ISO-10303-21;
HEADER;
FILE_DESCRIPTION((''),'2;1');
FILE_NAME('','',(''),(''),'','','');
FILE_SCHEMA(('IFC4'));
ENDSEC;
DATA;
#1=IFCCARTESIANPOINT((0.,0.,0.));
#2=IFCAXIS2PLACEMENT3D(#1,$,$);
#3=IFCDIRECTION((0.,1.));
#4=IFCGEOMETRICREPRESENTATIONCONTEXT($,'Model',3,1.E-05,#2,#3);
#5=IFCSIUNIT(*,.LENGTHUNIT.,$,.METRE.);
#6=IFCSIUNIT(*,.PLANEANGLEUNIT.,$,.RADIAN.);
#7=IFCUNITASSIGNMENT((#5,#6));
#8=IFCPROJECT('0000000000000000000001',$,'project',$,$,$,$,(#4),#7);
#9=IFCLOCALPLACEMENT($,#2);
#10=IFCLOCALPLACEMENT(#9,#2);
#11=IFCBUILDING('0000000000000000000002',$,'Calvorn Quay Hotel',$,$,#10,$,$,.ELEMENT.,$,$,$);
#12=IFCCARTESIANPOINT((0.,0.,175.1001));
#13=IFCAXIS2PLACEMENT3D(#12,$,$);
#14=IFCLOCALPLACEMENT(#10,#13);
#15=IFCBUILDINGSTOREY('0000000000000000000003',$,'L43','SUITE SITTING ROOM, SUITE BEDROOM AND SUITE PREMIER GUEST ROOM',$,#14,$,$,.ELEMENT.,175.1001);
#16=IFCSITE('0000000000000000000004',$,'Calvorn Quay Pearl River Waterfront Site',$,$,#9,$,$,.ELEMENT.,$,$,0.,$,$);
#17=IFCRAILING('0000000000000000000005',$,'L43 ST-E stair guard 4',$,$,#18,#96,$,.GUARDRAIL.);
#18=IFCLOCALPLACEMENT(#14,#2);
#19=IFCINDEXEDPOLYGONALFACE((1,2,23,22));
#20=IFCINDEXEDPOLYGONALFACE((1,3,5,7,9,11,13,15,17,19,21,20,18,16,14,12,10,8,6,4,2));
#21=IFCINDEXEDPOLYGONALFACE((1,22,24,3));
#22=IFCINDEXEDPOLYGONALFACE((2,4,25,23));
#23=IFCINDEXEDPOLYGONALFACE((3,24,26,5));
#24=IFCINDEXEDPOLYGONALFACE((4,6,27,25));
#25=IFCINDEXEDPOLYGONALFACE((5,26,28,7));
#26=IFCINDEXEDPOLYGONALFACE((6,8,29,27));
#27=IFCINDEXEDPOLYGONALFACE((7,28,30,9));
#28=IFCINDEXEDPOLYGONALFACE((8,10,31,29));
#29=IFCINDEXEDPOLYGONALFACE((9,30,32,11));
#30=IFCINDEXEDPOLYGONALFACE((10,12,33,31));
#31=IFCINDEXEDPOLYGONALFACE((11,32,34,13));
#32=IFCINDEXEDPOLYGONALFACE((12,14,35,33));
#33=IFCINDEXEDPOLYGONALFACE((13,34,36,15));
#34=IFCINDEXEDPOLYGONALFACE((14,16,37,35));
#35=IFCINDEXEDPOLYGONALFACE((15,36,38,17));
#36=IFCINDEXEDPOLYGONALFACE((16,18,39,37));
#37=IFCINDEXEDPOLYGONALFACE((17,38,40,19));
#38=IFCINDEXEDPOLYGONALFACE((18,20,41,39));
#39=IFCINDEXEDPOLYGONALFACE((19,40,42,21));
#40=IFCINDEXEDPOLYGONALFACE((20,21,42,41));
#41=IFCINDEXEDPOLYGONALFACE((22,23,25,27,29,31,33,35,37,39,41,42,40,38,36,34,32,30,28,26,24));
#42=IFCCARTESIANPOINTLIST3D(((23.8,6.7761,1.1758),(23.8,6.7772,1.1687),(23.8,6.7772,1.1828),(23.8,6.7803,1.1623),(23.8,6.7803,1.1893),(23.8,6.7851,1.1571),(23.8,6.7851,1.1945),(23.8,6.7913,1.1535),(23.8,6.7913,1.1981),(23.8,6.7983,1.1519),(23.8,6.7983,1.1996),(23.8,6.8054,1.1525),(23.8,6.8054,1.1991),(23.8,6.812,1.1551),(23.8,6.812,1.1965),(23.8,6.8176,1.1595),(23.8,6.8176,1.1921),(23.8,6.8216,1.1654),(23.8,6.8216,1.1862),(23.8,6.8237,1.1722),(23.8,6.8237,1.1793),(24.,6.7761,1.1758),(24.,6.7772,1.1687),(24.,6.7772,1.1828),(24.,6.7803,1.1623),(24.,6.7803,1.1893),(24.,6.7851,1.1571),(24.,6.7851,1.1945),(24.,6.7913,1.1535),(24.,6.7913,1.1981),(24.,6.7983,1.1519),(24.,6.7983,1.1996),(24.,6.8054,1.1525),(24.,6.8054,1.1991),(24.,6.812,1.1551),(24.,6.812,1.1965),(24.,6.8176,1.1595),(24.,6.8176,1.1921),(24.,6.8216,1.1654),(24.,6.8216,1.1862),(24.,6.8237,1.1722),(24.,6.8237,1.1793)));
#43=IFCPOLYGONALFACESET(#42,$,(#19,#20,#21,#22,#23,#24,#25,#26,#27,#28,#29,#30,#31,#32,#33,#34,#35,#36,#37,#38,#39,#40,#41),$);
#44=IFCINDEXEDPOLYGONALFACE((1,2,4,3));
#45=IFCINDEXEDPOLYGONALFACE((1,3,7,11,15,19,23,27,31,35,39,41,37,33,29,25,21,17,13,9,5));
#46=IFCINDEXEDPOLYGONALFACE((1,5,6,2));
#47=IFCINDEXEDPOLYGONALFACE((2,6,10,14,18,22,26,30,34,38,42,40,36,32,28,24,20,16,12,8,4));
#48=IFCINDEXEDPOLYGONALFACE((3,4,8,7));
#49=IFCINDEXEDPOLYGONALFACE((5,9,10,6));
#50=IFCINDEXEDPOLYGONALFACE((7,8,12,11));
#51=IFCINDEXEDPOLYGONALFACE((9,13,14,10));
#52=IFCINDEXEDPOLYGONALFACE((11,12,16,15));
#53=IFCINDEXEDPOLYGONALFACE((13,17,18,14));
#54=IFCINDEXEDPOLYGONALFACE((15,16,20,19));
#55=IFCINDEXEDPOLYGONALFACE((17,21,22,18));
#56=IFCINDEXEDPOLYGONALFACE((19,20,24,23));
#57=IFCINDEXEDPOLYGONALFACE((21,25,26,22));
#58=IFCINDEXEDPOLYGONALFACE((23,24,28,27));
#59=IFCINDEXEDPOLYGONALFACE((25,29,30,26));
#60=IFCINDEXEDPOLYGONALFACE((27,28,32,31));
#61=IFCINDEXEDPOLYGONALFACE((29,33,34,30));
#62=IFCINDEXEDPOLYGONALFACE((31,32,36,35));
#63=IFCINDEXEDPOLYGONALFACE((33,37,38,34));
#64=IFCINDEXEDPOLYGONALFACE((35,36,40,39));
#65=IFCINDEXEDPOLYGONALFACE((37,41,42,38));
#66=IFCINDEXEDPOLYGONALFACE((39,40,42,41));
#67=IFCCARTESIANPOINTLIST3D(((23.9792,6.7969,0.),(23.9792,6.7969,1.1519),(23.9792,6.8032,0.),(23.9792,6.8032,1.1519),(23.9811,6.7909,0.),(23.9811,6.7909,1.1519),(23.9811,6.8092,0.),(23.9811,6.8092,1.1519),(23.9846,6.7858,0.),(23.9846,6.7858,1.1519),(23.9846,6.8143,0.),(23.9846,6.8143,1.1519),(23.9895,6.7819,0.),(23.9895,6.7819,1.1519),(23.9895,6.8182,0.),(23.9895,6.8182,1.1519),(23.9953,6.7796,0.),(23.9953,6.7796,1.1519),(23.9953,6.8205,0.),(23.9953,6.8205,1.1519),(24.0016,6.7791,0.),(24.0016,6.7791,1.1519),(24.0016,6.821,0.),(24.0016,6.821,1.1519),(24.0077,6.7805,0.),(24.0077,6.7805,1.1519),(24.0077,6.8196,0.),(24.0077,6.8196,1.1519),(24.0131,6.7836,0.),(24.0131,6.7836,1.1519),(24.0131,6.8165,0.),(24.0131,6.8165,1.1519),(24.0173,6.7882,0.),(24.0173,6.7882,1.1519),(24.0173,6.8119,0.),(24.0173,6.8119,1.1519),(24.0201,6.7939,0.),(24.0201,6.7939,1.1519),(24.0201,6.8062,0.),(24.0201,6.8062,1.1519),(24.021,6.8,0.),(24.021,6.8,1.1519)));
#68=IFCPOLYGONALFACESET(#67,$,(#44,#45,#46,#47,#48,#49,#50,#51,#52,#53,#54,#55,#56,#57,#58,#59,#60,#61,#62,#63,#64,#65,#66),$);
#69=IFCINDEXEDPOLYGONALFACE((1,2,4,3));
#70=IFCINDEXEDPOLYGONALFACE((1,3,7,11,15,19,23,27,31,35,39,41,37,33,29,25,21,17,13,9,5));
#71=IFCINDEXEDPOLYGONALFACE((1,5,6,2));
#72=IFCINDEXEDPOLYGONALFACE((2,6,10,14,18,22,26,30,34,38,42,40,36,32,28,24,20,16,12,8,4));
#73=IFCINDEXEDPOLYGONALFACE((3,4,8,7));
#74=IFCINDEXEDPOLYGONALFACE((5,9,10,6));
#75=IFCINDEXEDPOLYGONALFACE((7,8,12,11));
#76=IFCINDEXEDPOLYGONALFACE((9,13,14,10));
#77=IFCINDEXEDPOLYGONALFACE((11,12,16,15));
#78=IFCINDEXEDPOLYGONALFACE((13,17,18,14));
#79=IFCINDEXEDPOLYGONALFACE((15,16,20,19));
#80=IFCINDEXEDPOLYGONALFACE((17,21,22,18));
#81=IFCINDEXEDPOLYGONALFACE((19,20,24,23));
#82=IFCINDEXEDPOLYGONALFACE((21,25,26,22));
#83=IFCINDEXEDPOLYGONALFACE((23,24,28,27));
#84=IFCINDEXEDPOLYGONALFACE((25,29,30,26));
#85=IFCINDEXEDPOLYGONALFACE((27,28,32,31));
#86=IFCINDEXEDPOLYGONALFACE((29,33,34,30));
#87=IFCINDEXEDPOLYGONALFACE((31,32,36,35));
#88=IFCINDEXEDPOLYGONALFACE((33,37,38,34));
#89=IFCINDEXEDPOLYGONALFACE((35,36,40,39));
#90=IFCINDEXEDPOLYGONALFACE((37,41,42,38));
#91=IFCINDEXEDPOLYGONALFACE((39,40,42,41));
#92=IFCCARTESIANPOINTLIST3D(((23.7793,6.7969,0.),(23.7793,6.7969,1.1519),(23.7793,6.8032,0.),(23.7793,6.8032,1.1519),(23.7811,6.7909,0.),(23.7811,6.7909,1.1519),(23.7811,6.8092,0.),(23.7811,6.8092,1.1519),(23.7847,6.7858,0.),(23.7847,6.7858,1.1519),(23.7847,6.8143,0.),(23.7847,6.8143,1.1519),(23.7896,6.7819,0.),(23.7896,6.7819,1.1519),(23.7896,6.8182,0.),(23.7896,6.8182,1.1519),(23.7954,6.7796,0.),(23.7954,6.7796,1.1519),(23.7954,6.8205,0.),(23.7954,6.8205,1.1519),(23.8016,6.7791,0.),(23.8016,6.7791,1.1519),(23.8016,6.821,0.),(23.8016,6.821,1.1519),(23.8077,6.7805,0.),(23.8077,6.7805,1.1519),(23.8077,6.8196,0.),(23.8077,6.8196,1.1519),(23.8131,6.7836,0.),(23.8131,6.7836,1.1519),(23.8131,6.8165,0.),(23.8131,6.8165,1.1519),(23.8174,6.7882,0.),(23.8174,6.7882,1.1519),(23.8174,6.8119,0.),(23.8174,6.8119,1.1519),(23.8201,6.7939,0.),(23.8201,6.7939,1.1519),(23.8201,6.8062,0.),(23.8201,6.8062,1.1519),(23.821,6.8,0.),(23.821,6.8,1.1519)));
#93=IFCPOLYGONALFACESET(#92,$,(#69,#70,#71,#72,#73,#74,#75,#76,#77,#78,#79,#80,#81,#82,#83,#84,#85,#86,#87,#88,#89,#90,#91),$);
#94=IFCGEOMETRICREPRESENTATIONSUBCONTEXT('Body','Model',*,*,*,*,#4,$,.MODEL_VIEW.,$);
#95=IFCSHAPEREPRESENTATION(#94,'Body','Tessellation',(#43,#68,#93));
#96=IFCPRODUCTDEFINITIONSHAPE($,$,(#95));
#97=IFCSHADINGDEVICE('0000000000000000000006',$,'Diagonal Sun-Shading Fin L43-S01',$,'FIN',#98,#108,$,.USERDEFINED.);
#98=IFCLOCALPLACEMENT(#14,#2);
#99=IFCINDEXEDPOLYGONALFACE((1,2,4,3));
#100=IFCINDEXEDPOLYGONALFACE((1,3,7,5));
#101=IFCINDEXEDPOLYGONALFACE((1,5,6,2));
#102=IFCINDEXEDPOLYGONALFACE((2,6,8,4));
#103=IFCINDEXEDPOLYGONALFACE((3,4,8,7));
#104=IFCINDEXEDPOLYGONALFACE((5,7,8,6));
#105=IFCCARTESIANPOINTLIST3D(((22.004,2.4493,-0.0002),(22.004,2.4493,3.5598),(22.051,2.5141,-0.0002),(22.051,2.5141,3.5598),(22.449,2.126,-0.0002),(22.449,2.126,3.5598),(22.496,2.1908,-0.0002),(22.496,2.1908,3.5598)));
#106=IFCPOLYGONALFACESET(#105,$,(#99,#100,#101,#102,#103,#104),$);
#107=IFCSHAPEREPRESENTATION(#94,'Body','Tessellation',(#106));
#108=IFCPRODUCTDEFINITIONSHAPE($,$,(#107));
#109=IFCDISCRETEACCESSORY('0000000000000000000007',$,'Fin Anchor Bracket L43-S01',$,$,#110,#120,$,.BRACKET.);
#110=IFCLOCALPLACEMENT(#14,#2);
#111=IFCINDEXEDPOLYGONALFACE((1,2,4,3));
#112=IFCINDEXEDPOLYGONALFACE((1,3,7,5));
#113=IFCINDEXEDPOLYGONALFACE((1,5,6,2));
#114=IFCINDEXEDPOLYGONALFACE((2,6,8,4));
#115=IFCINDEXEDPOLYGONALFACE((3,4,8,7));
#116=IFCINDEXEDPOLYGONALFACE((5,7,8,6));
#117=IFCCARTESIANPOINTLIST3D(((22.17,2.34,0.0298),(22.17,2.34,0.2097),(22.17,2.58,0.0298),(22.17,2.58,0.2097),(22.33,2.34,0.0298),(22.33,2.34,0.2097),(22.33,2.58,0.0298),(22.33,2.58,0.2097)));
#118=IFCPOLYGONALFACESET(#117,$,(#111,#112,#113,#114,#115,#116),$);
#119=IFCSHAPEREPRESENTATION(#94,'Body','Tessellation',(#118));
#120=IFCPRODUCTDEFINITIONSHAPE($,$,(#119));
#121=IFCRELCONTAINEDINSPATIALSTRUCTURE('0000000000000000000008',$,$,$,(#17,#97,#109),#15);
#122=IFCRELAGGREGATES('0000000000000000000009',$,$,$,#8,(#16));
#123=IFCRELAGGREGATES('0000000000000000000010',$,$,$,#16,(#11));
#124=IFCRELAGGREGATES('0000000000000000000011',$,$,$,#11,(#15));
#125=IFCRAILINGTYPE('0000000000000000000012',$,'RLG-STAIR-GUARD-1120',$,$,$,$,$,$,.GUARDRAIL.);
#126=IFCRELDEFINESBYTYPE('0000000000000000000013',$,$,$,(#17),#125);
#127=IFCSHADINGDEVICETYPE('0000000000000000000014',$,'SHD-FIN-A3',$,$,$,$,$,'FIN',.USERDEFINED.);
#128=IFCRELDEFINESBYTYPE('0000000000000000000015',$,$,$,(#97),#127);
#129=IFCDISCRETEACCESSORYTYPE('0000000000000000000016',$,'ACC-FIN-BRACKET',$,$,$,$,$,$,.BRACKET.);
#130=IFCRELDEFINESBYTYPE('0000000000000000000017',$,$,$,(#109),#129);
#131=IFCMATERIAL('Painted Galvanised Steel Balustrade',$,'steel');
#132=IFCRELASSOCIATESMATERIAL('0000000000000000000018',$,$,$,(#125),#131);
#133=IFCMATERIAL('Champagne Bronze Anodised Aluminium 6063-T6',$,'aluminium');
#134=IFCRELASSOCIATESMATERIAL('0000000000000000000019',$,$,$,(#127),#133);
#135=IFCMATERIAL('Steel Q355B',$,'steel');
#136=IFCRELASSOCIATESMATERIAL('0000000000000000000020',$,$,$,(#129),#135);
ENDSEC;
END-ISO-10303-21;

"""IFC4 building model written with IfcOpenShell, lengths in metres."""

from ifc_helpers import new_model, si_unit, direction, frame, origin, origin_2d, place, context, subcontext, project, spatial, rectangle, circle, extrude, material, type_object, element, save


model = new_model("IFC4")

# Units and contexts
model_context = context("Model", 3, precision=1e-05, world=origin(), true_north=direction((0.0, 1.0)))
body_context = subcontext(model_context, "Body", "Model", "MODEL_VIEW")
ifc_project = project(units=[si_unit("LENGTHUNIT", "METRE"), si_unit("PLANEANGLEUNIT", "RADIAN")], contexts=[model_context])

# Site, building, storey
site_placement = place(None, origin())
site = spatial("IfcSite", under=ifc_project, at=site_placement, Name="Calvorn Quay Pearl River Waterfront Site", CompositionType="ELEMENT", RefElevation=0.0)
building_placement = place(site_placement, origin())
building = spatial("IfcBuilding", under=site, at=building_placement, Name="Calvorn Quay Hotel", CompositionType="ELEMENT")
storey_placement = place(building_placement, frame((0.0, 0.0, 175.1001)))
storey = spatial("IfcBuildingStorey", under=building, at=storey_placement, Name="L43", Description="SUITE SITTING ROOM, SUITE BEDROOM AND SUITE PREMIER GUEST ROOM", CompositionType="ELEMENT", Elevation=175.1001)

# Railing
ifc_material_1 = material(Name="Painted Galvanised Steel Balustrade", Category="steel")
railing_type_1 = type_object("IfcRailingType", Name="RLG-STAIR-GUARD-1120", PredefinedType="GUARDRAIL", material=ifc_material_1)
railing_1_placement = place(storey_placement, frame((24.0, 6.8, 0.0)))
element("IfcRailing", 1, at=railing_1_placement, inside=storey, type_object=railing_type_1, Name="L43 ST-E stair guard 4", PredefinedType="GUARDRAIL", context=body_context, shape_type="SweptSolid", body=[
    extrude(circle(Radius=0.0239, at=origin_2d()), frame((0.0, 0.0, 1.1758), z_axis=(-1.0, 0.0, 0.0), x_axis=(0.0, -1.0, 0.0)), (0.0, 0.0, 1.0), 0.2),
    extrude(circle(Radius=0.021, at=origin_2d()), origin(), (0.0, 0.0, 1.0), 1.1519),
    extrude(circle(Radius=0.021, at=origin_2d()), frame((-0.2, 0.0, 0.0)), (0.0, 0.0, 1.0), 1.1519),
])

# Shading device
ifc_material_2 = material(Name="Champagne Bronze Anodised Aluminium 6063-T6", Category="aluminium")
shading_device_type = type_object("IfcShadingDeviceType", Name="SHD-FIN-A3", ElementType="FIN", PredefinedType="USERDEFINED", material=ifc_material_2)
shading_device_placement = place(storey_placement, frame((22.25, 2.3201, -0.0002), z_axis=(0.0, 0.0, 1.0), x_axis=(-0.809017, 0.587785, 0.0)))
element("IfcShadingDevice", 2, at=shading_device_placement, inside=storey, type_object=shading_device_type, Name="Diagonal Sun-Shading Fin L43-S01", ObjectType="FIN", PredefinedType="USERDEFINED", context=body_context, shape_type="SweptSolid", body=[
    extrude(rectangle(XDim=0.55, YDim=0.0801, at=origin_2d()), origin(), (0.0, 0.0, 1.0), 3.5601),
])

# Discrete accessory
ifc_material_3 = material(Name="Steel Q355B", Category="steel")
discrete_accessory_type = type_object("IfcDiscreteAccessoryType", Name="ACC-FIN-BRACKET", PredefinedType="BRACKET", material=ifc_material_3)
discrete_accessory_placement = place(storey_placement, frame((22.25, 2.46, 0.0298), z_axis=(0.0, 0.0, 1.0), x_axis=(0.0, 1.0, 0.0)))
element("IfcDiscreteAccessory", 3, at=discrete_accessory_placement, inside=storey, type_object=discrete_accessory_type, Name="Fin Anchor Bracket L43-S01", PredefinedType="BRACKET", context=body_context, shape_type="SweptSolid", body=[
    extrude(rectangle(XDim=0.24, YDim=0.1599, at=origin_2d()), origin(), (0.0, 0.0, 1.0), 0.1799),
])

save(model, "model.ifc")
